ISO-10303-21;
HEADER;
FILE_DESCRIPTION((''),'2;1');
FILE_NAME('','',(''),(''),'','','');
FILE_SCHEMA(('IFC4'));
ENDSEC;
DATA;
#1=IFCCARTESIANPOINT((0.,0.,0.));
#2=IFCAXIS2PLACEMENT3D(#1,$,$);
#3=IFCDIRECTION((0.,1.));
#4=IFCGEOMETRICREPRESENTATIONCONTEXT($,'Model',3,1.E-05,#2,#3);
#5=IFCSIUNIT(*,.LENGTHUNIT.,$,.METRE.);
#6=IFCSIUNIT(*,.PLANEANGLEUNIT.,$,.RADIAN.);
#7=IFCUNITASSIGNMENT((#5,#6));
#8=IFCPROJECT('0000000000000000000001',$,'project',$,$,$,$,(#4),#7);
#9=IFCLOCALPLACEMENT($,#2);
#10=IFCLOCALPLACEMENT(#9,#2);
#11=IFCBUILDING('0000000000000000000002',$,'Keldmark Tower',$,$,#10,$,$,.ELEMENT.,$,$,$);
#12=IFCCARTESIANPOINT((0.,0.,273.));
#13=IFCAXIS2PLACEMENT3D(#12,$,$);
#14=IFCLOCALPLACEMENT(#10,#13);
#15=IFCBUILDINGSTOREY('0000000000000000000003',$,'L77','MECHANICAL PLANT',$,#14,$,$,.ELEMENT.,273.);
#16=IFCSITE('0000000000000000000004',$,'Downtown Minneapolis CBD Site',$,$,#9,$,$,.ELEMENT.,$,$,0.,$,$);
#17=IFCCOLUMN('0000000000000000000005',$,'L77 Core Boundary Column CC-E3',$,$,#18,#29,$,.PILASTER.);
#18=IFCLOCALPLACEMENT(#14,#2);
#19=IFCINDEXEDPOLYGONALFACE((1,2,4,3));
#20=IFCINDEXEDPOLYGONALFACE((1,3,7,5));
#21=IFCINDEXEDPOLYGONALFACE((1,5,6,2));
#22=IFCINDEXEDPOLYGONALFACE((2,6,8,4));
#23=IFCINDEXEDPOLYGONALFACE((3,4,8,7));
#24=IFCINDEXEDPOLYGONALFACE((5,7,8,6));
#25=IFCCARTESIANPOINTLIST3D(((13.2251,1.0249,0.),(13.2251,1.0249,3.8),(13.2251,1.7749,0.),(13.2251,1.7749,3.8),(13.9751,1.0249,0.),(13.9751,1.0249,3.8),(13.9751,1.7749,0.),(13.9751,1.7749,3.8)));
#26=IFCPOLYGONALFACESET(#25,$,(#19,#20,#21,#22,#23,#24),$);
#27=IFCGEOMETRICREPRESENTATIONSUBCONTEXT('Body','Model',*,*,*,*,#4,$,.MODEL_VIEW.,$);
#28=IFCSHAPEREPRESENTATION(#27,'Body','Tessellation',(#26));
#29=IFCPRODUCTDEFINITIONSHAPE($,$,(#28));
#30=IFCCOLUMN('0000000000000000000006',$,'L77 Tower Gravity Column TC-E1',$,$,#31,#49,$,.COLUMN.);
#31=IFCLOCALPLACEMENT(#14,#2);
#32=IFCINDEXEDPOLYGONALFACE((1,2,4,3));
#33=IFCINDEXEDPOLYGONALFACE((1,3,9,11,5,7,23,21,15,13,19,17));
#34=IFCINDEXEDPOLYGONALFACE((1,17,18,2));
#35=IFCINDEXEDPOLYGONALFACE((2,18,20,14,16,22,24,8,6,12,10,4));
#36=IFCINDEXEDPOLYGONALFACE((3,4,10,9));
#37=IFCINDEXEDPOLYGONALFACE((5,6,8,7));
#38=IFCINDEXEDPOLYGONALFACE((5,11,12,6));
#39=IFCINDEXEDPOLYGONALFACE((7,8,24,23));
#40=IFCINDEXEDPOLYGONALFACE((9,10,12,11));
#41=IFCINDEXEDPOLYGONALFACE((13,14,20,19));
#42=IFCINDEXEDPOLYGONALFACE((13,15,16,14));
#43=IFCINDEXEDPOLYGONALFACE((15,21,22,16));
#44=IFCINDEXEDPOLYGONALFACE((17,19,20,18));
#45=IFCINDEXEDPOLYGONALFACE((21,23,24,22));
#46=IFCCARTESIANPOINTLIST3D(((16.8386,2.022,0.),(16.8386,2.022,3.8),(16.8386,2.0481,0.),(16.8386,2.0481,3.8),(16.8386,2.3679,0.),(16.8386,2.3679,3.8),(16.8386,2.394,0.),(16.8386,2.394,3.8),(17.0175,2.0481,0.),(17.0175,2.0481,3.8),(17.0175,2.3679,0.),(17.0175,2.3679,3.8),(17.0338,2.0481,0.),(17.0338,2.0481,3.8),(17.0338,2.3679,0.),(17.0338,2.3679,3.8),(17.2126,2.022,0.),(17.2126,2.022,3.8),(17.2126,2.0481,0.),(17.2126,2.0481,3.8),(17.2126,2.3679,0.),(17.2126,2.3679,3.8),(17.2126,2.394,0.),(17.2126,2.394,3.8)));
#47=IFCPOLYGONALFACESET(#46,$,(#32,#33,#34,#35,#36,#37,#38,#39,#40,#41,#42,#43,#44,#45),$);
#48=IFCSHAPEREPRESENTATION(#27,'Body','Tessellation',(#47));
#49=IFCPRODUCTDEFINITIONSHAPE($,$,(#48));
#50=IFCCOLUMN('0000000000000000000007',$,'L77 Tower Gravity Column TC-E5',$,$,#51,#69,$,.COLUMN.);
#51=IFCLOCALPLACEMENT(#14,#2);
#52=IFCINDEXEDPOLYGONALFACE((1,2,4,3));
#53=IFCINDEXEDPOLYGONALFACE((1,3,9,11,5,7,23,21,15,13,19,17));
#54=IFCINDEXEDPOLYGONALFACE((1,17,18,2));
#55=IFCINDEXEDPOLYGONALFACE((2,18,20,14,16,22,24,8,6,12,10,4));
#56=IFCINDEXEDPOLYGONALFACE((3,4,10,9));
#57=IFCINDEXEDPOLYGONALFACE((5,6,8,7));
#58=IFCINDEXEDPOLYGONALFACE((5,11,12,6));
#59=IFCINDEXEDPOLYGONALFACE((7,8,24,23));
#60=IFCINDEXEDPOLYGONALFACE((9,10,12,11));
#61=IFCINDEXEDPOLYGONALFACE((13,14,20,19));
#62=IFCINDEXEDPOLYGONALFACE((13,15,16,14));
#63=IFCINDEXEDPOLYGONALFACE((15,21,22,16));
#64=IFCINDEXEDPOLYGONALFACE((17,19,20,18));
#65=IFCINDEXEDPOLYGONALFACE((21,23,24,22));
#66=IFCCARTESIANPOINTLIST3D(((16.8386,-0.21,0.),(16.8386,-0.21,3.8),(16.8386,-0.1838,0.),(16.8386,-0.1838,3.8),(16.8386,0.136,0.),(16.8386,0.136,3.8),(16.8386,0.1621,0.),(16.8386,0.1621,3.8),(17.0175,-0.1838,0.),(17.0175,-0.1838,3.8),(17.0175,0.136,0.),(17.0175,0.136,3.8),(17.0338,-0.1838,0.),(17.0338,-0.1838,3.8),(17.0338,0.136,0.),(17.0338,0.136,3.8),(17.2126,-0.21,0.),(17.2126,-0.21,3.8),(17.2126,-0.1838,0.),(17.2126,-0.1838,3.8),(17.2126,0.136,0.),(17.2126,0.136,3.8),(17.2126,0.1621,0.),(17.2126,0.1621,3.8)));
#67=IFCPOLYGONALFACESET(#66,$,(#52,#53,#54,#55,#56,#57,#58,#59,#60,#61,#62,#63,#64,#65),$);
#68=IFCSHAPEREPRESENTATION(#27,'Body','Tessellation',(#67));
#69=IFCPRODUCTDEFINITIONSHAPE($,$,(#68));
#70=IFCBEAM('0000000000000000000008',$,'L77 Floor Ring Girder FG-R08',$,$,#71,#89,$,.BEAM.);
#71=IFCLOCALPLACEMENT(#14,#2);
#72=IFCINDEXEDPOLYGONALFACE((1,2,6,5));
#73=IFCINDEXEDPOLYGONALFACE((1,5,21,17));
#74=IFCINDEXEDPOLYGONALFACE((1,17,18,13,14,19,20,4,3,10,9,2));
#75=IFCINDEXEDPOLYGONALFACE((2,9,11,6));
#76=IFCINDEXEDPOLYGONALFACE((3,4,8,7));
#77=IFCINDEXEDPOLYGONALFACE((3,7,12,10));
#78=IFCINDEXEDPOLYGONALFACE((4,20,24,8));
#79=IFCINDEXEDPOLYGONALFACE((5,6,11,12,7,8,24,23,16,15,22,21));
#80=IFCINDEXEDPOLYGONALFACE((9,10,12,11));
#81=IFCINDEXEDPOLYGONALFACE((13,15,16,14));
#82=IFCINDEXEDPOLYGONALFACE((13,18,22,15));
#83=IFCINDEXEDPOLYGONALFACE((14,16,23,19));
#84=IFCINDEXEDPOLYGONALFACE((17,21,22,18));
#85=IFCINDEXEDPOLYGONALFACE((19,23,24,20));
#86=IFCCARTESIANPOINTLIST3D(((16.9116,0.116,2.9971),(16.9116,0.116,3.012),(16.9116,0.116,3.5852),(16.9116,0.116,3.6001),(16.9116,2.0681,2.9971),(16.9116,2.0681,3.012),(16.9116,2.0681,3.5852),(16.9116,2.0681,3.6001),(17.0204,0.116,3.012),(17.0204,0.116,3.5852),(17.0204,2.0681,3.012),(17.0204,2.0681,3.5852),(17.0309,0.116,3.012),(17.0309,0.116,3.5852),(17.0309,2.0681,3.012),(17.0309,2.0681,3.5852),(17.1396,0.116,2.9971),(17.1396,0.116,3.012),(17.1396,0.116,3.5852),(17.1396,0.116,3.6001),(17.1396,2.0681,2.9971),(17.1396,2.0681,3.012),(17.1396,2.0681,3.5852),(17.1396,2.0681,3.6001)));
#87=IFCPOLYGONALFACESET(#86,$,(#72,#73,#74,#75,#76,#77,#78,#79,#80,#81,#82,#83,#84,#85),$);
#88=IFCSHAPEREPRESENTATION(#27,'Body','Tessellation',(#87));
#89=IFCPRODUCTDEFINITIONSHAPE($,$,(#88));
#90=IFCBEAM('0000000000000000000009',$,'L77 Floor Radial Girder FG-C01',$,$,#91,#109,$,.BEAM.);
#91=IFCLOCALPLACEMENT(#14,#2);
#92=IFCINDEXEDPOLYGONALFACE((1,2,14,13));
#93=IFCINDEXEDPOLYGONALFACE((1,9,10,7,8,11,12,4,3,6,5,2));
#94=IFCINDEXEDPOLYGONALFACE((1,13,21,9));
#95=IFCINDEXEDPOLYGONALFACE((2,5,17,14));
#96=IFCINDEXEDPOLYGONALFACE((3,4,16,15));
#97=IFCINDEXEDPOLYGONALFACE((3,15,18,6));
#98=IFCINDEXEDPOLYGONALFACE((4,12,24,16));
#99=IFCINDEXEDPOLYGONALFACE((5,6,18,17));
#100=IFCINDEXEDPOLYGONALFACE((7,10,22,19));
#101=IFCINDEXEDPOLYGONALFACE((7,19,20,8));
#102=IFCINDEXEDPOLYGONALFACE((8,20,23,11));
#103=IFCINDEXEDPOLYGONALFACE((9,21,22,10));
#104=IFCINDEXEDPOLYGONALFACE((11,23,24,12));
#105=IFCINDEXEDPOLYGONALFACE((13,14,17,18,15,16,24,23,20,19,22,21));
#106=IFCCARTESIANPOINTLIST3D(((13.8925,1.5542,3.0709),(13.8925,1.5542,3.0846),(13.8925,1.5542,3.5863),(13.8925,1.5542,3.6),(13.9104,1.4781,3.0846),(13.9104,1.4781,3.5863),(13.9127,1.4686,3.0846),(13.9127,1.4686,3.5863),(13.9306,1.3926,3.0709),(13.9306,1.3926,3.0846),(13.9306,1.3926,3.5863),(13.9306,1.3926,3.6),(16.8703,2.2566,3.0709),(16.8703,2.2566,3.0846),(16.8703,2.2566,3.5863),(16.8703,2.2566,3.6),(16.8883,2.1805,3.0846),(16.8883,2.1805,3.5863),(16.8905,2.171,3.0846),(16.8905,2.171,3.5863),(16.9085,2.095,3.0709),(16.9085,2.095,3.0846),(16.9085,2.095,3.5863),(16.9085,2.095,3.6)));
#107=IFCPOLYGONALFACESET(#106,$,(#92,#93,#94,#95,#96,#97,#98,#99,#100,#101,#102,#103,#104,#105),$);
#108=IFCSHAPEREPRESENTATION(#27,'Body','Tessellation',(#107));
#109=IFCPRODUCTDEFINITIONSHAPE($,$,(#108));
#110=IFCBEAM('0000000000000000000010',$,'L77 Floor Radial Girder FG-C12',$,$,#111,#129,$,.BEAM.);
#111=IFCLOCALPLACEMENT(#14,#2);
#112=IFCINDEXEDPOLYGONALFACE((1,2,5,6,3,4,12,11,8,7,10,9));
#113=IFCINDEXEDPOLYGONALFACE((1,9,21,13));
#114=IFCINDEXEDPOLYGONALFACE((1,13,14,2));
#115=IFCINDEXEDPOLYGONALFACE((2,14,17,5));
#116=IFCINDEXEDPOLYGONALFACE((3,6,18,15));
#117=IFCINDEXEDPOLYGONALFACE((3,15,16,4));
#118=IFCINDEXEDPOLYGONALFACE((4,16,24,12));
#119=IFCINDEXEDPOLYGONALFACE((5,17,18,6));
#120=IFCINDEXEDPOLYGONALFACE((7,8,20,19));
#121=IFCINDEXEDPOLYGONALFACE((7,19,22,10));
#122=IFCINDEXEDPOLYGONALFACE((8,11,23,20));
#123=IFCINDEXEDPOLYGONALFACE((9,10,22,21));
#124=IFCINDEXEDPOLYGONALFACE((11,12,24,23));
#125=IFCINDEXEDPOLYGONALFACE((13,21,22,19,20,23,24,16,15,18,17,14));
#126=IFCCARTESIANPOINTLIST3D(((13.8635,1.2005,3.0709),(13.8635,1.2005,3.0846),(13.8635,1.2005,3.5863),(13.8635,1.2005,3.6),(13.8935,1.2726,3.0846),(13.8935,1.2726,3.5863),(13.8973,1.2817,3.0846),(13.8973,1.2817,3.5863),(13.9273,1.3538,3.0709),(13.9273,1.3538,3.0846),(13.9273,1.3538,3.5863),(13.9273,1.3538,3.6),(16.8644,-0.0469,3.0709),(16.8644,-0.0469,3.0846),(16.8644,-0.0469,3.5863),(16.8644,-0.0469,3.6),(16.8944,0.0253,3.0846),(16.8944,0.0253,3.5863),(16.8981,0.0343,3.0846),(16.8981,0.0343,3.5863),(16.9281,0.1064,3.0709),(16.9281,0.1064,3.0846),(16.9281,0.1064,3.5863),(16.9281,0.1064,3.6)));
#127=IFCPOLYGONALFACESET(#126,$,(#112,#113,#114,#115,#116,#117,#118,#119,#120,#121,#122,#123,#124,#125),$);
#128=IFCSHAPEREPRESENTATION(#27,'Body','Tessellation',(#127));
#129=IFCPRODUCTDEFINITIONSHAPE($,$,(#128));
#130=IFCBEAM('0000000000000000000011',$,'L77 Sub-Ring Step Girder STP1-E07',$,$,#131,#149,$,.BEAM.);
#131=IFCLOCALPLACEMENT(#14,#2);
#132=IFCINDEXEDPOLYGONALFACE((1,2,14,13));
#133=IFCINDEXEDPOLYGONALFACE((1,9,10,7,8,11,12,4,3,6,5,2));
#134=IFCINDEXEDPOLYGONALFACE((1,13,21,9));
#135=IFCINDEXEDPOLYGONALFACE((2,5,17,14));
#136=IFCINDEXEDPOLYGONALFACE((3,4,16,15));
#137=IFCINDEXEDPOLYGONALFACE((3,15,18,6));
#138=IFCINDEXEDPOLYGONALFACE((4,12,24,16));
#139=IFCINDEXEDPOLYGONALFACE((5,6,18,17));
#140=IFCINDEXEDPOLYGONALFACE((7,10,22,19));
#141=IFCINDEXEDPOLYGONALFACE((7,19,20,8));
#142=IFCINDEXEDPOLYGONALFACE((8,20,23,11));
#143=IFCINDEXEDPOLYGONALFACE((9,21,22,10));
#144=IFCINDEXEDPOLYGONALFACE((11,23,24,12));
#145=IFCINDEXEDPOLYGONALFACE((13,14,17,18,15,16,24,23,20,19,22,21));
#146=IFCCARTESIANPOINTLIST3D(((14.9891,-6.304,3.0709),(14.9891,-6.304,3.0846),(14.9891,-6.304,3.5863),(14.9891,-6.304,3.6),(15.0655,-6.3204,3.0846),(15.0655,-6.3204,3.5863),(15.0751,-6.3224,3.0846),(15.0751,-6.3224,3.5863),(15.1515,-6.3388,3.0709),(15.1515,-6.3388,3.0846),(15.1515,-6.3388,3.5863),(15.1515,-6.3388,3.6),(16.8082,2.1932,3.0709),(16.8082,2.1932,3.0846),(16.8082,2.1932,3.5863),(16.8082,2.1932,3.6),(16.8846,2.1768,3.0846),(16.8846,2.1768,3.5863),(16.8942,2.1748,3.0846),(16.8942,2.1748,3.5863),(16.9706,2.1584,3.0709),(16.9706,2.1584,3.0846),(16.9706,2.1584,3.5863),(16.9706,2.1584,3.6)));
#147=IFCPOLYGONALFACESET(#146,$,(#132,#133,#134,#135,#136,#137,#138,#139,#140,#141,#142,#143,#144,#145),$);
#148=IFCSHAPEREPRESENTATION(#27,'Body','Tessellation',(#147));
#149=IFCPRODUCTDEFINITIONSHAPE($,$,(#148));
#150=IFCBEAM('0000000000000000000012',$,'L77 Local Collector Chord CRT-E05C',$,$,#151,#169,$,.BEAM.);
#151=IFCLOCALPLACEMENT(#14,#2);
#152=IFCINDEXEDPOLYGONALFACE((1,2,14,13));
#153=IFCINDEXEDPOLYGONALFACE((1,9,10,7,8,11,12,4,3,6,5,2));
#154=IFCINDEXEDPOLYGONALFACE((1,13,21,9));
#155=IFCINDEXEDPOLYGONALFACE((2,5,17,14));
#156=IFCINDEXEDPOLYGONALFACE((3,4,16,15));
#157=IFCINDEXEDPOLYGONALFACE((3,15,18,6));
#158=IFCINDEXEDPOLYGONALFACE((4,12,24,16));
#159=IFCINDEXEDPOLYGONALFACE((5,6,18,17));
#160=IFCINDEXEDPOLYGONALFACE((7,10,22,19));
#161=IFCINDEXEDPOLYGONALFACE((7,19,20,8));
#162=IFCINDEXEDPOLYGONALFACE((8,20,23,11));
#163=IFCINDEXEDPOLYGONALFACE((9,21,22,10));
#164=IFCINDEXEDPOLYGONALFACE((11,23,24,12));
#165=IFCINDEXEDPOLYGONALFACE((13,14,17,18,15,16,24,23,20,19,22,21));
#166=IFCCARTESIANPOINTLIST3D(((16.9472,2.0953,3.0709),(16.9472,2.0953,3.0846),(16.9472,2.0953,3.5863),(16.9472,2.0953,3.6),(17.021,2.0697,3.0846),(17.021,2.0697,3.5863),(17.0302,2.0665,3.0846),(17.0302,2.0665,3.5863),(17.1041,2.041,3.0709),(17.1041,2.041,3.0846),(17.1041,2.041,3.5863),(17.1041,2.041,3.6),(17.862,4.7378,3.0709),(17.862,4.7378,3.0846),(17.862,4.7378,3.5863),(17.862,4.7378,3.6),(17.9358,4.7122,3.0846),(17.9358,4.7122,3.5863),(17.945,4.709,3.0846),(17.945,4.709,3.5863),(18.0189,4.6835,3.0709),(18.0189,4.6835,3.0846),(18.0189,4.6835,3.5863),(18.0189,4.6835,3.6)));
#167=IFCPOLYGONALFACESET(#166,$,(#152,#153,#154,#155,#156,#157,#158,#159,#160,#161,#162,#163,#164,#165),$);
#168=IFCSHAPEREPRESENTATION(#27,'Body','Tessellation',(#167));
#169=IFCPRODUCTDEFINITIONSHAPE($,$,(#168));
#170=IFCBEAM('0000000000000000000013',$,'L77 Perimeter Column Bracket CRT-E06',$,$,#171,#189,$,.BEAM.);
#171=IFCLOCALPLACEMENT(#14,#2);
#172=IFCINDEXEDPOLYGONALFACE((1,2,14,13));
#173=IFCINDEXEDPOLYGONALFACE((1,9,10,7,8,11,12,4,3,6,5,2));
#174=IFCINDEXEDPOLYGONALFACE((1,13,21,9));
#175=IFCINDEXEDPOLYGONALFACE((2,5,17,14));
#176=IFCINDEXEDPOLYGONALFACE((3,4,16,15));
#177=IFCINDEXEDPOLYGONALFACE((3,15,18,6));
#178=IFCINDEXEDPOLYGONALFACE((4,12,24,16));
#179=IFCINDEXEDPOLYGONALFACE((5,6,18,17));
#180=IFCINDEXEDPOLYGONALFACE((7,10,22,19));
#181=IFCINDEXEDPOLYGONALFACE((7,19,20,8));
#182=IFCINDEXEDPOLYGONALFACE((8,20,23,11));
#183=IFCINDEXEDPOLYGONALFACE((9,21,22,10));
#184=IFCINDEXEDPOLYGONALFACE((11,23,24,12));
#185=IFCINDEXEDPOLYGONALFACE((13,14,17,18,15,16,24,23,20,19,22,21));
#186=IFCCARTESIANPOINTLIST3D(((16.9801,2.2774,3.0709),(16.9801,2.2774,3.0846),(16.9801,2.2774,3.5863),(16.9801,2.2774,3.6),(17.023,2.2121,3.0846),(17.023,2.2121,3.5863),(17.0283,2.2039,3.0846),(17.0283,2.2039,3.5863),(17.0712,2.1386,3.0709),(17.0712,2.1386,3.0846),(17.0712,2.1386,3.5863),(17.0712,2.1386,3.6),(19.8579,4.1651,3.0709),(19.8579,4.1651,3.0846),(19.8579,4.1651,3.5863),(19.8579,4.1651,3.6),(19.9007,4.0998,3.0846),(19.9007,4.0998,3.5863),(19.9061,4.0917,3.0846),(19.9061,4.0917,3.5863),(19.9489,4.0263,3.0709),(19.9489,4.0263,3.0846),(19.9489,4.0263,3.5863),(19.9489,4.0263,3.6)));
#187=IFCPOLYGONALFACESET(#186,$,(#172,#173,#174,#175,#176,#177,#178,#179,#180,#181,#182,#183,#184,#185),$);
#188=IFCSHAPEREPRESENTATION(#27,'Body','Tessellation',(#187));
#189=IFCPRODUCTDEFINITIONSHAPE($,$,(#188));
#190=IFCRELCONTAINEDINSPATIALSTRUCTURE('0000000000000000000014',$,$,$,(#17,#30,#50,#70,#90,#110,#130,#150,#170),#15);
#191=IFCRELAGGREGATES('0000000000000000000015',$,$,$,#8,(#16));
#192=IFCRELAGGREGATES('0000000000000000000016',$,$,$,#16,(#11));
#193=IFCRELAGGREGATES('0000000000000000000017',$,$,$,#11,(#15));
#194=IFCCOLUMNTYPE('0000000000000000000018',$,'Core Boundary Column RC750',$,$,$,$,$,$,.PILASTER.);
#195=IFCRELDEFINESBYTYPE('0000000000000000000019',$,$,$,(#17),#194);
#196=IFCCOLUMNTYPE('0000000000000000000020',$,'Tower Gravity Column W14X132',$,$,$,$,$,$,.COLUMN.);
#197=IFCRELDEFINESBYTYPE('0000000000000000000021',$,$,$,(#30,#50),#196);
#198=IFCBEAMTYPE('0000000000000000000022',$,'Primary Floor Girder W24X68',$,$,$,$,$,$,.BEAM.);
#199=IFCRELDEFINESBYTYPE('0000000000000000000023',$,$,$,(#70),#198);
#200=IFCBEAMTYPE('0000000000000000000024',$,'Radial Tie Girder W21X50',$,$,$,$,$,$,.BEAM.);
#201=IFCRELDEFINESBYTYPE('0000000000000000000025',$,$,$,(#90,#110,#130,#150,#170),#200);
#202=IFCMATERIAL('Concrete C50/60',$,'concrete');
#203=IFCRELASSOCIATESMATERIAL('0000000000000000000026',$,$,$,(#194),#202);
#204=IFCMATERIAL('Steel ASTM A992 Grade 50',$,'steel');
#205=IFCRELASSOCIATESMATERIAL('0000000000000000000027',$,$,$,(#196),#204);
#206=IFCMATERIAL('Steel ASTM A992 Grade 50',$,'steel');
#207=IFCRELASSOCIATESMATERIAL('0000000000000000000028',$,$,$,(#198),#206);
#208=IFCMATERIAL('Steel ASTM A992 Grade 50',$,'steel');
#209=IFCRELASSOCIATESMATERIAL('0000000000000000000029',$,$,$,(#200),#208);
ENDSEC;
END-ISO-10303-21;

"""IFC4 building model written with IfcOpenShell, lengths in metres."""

from ifc_helpers import new_model, si_unit, direction, frame, origin, origin_2d, place, context, subcontext, project, spatial, rectangle, i_section, extrude, material, material_profile, profile_set, type_object, element, save


model = new_model("IFC4")

# Units and contexts
model_context = context("Model", 3, precision=1e-05, world=origin(), true_north=direction((0.0, 1.0)))
body_context = subcontext(model_context, "Body", "Model", "MODEL_VIEW")
ifc_project = project(units=[si_unit("LENGTHUNIT", "METRE"), si_unit("PLANEANGLEUNIT", "RADIAN")], contexts=[model_context])

# Site, building, storey
site_placement = place(None, origin())
site = spatial("IfcSite", under=ifc_project, at=site_placement, Name="Downtown Minneapolis CBD Site", CompositionType="ELEMENT", RefElevation=0.0)
building_placement = place(site_placement, origin())
building = spatial("IfcBuilding", under=site, at=building_placement, Name="Keldmark Tower", CompositionType="ELEMENT")
storey_placement = place(building_placement, frame((0.0, 0.0, 273.0)))
storey = spatial("IfcBuildingStorey", under=building, at=storey_placement, Name="L77", Description="MECHANICAL PLANT", CompositionType="ELEMENT", Elevation=273.0)

# Columns
ifc_material_1 = material(Name="Concrete C50/60", Category="concrete")
ifc_material_profile_1 = material_profile(ifc_material_1, rectangle(XDim=0.75, YDim=0.75, at=origin_2d()), Name="RC750X750")
ifc_profile_set_1 = profile_set([ifc_material_profile_1], Name="Concrete C50/60")
column_type_1 = type_object("IfcColumnType", Name="Core Boundary Column RC750", PredefinedType="PILASTER", material=ifc_profile_set_1)
column_placement = place(storey_placement, frame((13.6001, 1.3999, 0.0), z_axis=(0.0, 0.0, 1.0), x_axis=(1.0, 0.0, 0.0)))
element("IfcColumn", 1, at=column_placement, inside=storey, type_object=column_type_1, Name="L77 Core Boundary Column CC-E3", PredefinedType="PILASTER", context=body_context, shape_type="SweptSolid", body=[
    extrude(rectangle(XDim=0.75, YDim=0.75, at=origin_2d()), origin(), (0.0, 0.0, 1.0), 3.8),
])
ifc_material_2 = material(Name="Steel ASTM A992 Grade 50", Category="steel")
ifc_material_profile_2 = material_profile(ifc_material_2, i_section(OverallWidth=0.374, OverallDepth=0.3721, WebThickness=0.0164, FlangeThickness=0.0261, at=origin_2d()), Name="W14X132")
ifc_profile_set_2 = profile_set([ifc_material_profile_2], Name="Steel ASTM A992 Grade 50")
column_type_2 = type_object("IfcColumnType", Name="Tower Gravity Column W14X132", PredefinedType="COLUMN", material=ifc_profile_set_2)
for number, where, z_axis, x_axis, name in (
    (2, (17.0256, 2.208, 0.0), (0.0, 0.0, 1.0), (1.0, 0.0, 0.0), "L77 Tower Gravity Column TC-E1"),
    (3, (17.0256, -0.0239, 0.0), (0.0, 0.0, 1.0), (1.0, 0.0, 0.0), "L77 Tower Gravity Column TC-E5"),
):
    element("IfcColumn", number, at=place(storey_placement, frame(where, z_axis=z_axis, x_axis=x_axis)), inside=storey, type_object=column_type_2, Name=name, PredefinedType="COLUMN", context=body_context, shape_type="SweptSolid", body=[
        extrude(i_section(OverallWidth=0.374, OverallDepth=0.3721, WebThickness=0.0164, FlangeThickness=0.0261, at=origin_2d()), origin(), (0.0, 0.0, 1.0), 3.8),
    ])

# Beams
ifc_material_3 = material(Name="Steel ASTM A992 Grade 50", Category="steel")
ifc_material_profile_3 = material_profile(ifc_material_3, i_section(OverallWidth=0.228, OverallDepth=0.603, WebThickness=0.0105, FlangeThickness=0.0149, at=origin_2d()), Name="W24X68")
ifc_profile_set_3 = profile_set([ifc_material_profile_3], Name="Steel ASTM A992 Grade 50")
beam_type_1 = type_object("IfcBeamType", Name="Primary Floor Girder W24X68", PredefinedType="BEAM", material=ifc_profile_set_3)
beam_1_placement = place(storey_placement, frame((17.0256, 0.116, 3.2986), z_axis=(0.0, 1.0, 0.0), x_axis=(-1.0, 0.0, 0.0)))
element("IfcBeam", 4, at=beam_1_placement, inside=storey, type_object=beam_type_1, Name="L77 Floor Ring Girder FG-R08", PredefinedType="BEAM", context=body_context, shape_type="SweptSolid", body=[
    extrude(i_section(OverallWidth=0.228, OverallDepth=0.603, WebThickness=0.0105, FlangeThickness=0.0149, at=origin_2d()), origin(), (0.0, 0.0, 1.0), 1.9521),
])
ifc_material_4 = material(Name="Steel ASTM A992 Grade 50", Category="steel")
ifc_material_profile_4 = material_profile(ifc_material_4, i_section(OverallWidth=0.166, OverallDepth=0.5291, WebThickness=0.0098, FlangeThickness=0.0137, at=origin_2d()), Name="W21X50")
ifc_profile_set_4 = profile_set([ifc_material_profile_4], Name="Steel ASTM A992 Grade 50")
beam_type_2 = type_object("IfcBeamType", Name="Radial Tie Girder W21X50", PredefinedType="BEAM", material=ifc_profile_set_4)
beam_2_placement = place(storey_placement, frame((16.8894, 2.1758, 3.3354), z_axis=(-0.97329, -0.229577, 0.0), x_axis=(0.229577, -0.97329, 0.0)))
element("IfcBeam", 5, at=beam_2_placement, inside=storey, type_object=beam_type_2, Name="L77 Floor Radial Girder FG-C01", PredefinedType="BEAM", context=body_context, shape_type="SweptSolid", body=[
    extrude(i_section(OverallWidth=0.166, OverallDepth=0.5291, WebThickness=0.0098, FlangeThickness=0.0137, at=origin_2d()), origin(), (0.0, 0.0, 1.0), 3.0596),
])
beam_3_placement = place(storey_placement, frame((16.8962, 0.0298, 3.3354), z_axis=(-0.923403, 0.383831, 0.0), x_axis=(-0.383831, -0.923403, 0.0)))
element("IfcBeam", 6, at=beam_3_placement, inside=storey, type_object=beam_type_2, Name="L77 Floor Radial Girder FG-C12", PredefinedType="BEAM", context=body_context, shape_type="SweptSolid", body=[
    extrude(i_section(OverallWidth=0.166, OverallDepth=0.5291, WebThickness=0.0098, FlangeThickness=0.0137, at=origin_2d()), origin(), (0.0, 0.0, 1.0), 3.2498),
])
beam_4_placement = place(storey_placement, frame((16.8894, 2.1758, 3.3354), z_axis=(-0.209341, -0.977843, 0.0), x_axis=(0.977843, -0.209341, 0.0)))
element("IfcBeam", 7, at=beam_4_placement, inside=storey, type_object=beam_type_2, Name="L77 Sub-Ring Step Girder STP1-E07", PredefinedType="BEAM", context=body_context, shape_type="SweptSolid", body=[
    extrude(i_section(OverallWidth=0.166, OverallDepth=0.5291, WebThickness=0.0098, FlangeThickness=0.0137, at=origin_2d()), origin(), (0.0, 0.0, 1.0), 8.6897),
])
beam_5_placement = place(storey_placement, frame((17.0256, 2.0681, 3.3354), z_axis=(0.327129, 0.94498, 0.0), x_axis=(-0.94498, 0.327129, 0.0)))
element("IfcBeam", 8, at=beam_5_placement, inside=storey, type_object=beam_type_2, Name="L77 Local Collector Chord CRT-E05C", PredefinedType="BEAM", context=body_context, shape_type="SweptSolid", body=[
    extrude(i_section(OverallWidth=0.166, OverallDepth=0.5291, WebThickness=0.0098, FlangeThickness=0.0137, at=origin_2d()), origin(), (0.0, 0.0, 1.0), 2.7964),
])
beam_6_placement = place(storey_placement, frame((17.0256, 2.208, 3.3354), z_axis=(0.836153, 0.548497, 0.0), x_axis=(-0.548497, 0.836153, 0.0)))
element("IfcBeam", 9, at=beam_6_placement, inside=storey, type_object=beam_type_2, Name="L77 Perimeter Column Bracket CRT-E06", PredefinedType="BEAM", context=body_context, shape_type="SweptSolid", body=[
    extrude(i_section(OverallWidth=0.166, OverallDepth=0.5291, WebThickness=0.0098, FlangeThickness=0.0137, at=origin_2d()), origin(), (0.0, 0.0, 1.0), 3.4417),
])

save(model, "model.ifc")
